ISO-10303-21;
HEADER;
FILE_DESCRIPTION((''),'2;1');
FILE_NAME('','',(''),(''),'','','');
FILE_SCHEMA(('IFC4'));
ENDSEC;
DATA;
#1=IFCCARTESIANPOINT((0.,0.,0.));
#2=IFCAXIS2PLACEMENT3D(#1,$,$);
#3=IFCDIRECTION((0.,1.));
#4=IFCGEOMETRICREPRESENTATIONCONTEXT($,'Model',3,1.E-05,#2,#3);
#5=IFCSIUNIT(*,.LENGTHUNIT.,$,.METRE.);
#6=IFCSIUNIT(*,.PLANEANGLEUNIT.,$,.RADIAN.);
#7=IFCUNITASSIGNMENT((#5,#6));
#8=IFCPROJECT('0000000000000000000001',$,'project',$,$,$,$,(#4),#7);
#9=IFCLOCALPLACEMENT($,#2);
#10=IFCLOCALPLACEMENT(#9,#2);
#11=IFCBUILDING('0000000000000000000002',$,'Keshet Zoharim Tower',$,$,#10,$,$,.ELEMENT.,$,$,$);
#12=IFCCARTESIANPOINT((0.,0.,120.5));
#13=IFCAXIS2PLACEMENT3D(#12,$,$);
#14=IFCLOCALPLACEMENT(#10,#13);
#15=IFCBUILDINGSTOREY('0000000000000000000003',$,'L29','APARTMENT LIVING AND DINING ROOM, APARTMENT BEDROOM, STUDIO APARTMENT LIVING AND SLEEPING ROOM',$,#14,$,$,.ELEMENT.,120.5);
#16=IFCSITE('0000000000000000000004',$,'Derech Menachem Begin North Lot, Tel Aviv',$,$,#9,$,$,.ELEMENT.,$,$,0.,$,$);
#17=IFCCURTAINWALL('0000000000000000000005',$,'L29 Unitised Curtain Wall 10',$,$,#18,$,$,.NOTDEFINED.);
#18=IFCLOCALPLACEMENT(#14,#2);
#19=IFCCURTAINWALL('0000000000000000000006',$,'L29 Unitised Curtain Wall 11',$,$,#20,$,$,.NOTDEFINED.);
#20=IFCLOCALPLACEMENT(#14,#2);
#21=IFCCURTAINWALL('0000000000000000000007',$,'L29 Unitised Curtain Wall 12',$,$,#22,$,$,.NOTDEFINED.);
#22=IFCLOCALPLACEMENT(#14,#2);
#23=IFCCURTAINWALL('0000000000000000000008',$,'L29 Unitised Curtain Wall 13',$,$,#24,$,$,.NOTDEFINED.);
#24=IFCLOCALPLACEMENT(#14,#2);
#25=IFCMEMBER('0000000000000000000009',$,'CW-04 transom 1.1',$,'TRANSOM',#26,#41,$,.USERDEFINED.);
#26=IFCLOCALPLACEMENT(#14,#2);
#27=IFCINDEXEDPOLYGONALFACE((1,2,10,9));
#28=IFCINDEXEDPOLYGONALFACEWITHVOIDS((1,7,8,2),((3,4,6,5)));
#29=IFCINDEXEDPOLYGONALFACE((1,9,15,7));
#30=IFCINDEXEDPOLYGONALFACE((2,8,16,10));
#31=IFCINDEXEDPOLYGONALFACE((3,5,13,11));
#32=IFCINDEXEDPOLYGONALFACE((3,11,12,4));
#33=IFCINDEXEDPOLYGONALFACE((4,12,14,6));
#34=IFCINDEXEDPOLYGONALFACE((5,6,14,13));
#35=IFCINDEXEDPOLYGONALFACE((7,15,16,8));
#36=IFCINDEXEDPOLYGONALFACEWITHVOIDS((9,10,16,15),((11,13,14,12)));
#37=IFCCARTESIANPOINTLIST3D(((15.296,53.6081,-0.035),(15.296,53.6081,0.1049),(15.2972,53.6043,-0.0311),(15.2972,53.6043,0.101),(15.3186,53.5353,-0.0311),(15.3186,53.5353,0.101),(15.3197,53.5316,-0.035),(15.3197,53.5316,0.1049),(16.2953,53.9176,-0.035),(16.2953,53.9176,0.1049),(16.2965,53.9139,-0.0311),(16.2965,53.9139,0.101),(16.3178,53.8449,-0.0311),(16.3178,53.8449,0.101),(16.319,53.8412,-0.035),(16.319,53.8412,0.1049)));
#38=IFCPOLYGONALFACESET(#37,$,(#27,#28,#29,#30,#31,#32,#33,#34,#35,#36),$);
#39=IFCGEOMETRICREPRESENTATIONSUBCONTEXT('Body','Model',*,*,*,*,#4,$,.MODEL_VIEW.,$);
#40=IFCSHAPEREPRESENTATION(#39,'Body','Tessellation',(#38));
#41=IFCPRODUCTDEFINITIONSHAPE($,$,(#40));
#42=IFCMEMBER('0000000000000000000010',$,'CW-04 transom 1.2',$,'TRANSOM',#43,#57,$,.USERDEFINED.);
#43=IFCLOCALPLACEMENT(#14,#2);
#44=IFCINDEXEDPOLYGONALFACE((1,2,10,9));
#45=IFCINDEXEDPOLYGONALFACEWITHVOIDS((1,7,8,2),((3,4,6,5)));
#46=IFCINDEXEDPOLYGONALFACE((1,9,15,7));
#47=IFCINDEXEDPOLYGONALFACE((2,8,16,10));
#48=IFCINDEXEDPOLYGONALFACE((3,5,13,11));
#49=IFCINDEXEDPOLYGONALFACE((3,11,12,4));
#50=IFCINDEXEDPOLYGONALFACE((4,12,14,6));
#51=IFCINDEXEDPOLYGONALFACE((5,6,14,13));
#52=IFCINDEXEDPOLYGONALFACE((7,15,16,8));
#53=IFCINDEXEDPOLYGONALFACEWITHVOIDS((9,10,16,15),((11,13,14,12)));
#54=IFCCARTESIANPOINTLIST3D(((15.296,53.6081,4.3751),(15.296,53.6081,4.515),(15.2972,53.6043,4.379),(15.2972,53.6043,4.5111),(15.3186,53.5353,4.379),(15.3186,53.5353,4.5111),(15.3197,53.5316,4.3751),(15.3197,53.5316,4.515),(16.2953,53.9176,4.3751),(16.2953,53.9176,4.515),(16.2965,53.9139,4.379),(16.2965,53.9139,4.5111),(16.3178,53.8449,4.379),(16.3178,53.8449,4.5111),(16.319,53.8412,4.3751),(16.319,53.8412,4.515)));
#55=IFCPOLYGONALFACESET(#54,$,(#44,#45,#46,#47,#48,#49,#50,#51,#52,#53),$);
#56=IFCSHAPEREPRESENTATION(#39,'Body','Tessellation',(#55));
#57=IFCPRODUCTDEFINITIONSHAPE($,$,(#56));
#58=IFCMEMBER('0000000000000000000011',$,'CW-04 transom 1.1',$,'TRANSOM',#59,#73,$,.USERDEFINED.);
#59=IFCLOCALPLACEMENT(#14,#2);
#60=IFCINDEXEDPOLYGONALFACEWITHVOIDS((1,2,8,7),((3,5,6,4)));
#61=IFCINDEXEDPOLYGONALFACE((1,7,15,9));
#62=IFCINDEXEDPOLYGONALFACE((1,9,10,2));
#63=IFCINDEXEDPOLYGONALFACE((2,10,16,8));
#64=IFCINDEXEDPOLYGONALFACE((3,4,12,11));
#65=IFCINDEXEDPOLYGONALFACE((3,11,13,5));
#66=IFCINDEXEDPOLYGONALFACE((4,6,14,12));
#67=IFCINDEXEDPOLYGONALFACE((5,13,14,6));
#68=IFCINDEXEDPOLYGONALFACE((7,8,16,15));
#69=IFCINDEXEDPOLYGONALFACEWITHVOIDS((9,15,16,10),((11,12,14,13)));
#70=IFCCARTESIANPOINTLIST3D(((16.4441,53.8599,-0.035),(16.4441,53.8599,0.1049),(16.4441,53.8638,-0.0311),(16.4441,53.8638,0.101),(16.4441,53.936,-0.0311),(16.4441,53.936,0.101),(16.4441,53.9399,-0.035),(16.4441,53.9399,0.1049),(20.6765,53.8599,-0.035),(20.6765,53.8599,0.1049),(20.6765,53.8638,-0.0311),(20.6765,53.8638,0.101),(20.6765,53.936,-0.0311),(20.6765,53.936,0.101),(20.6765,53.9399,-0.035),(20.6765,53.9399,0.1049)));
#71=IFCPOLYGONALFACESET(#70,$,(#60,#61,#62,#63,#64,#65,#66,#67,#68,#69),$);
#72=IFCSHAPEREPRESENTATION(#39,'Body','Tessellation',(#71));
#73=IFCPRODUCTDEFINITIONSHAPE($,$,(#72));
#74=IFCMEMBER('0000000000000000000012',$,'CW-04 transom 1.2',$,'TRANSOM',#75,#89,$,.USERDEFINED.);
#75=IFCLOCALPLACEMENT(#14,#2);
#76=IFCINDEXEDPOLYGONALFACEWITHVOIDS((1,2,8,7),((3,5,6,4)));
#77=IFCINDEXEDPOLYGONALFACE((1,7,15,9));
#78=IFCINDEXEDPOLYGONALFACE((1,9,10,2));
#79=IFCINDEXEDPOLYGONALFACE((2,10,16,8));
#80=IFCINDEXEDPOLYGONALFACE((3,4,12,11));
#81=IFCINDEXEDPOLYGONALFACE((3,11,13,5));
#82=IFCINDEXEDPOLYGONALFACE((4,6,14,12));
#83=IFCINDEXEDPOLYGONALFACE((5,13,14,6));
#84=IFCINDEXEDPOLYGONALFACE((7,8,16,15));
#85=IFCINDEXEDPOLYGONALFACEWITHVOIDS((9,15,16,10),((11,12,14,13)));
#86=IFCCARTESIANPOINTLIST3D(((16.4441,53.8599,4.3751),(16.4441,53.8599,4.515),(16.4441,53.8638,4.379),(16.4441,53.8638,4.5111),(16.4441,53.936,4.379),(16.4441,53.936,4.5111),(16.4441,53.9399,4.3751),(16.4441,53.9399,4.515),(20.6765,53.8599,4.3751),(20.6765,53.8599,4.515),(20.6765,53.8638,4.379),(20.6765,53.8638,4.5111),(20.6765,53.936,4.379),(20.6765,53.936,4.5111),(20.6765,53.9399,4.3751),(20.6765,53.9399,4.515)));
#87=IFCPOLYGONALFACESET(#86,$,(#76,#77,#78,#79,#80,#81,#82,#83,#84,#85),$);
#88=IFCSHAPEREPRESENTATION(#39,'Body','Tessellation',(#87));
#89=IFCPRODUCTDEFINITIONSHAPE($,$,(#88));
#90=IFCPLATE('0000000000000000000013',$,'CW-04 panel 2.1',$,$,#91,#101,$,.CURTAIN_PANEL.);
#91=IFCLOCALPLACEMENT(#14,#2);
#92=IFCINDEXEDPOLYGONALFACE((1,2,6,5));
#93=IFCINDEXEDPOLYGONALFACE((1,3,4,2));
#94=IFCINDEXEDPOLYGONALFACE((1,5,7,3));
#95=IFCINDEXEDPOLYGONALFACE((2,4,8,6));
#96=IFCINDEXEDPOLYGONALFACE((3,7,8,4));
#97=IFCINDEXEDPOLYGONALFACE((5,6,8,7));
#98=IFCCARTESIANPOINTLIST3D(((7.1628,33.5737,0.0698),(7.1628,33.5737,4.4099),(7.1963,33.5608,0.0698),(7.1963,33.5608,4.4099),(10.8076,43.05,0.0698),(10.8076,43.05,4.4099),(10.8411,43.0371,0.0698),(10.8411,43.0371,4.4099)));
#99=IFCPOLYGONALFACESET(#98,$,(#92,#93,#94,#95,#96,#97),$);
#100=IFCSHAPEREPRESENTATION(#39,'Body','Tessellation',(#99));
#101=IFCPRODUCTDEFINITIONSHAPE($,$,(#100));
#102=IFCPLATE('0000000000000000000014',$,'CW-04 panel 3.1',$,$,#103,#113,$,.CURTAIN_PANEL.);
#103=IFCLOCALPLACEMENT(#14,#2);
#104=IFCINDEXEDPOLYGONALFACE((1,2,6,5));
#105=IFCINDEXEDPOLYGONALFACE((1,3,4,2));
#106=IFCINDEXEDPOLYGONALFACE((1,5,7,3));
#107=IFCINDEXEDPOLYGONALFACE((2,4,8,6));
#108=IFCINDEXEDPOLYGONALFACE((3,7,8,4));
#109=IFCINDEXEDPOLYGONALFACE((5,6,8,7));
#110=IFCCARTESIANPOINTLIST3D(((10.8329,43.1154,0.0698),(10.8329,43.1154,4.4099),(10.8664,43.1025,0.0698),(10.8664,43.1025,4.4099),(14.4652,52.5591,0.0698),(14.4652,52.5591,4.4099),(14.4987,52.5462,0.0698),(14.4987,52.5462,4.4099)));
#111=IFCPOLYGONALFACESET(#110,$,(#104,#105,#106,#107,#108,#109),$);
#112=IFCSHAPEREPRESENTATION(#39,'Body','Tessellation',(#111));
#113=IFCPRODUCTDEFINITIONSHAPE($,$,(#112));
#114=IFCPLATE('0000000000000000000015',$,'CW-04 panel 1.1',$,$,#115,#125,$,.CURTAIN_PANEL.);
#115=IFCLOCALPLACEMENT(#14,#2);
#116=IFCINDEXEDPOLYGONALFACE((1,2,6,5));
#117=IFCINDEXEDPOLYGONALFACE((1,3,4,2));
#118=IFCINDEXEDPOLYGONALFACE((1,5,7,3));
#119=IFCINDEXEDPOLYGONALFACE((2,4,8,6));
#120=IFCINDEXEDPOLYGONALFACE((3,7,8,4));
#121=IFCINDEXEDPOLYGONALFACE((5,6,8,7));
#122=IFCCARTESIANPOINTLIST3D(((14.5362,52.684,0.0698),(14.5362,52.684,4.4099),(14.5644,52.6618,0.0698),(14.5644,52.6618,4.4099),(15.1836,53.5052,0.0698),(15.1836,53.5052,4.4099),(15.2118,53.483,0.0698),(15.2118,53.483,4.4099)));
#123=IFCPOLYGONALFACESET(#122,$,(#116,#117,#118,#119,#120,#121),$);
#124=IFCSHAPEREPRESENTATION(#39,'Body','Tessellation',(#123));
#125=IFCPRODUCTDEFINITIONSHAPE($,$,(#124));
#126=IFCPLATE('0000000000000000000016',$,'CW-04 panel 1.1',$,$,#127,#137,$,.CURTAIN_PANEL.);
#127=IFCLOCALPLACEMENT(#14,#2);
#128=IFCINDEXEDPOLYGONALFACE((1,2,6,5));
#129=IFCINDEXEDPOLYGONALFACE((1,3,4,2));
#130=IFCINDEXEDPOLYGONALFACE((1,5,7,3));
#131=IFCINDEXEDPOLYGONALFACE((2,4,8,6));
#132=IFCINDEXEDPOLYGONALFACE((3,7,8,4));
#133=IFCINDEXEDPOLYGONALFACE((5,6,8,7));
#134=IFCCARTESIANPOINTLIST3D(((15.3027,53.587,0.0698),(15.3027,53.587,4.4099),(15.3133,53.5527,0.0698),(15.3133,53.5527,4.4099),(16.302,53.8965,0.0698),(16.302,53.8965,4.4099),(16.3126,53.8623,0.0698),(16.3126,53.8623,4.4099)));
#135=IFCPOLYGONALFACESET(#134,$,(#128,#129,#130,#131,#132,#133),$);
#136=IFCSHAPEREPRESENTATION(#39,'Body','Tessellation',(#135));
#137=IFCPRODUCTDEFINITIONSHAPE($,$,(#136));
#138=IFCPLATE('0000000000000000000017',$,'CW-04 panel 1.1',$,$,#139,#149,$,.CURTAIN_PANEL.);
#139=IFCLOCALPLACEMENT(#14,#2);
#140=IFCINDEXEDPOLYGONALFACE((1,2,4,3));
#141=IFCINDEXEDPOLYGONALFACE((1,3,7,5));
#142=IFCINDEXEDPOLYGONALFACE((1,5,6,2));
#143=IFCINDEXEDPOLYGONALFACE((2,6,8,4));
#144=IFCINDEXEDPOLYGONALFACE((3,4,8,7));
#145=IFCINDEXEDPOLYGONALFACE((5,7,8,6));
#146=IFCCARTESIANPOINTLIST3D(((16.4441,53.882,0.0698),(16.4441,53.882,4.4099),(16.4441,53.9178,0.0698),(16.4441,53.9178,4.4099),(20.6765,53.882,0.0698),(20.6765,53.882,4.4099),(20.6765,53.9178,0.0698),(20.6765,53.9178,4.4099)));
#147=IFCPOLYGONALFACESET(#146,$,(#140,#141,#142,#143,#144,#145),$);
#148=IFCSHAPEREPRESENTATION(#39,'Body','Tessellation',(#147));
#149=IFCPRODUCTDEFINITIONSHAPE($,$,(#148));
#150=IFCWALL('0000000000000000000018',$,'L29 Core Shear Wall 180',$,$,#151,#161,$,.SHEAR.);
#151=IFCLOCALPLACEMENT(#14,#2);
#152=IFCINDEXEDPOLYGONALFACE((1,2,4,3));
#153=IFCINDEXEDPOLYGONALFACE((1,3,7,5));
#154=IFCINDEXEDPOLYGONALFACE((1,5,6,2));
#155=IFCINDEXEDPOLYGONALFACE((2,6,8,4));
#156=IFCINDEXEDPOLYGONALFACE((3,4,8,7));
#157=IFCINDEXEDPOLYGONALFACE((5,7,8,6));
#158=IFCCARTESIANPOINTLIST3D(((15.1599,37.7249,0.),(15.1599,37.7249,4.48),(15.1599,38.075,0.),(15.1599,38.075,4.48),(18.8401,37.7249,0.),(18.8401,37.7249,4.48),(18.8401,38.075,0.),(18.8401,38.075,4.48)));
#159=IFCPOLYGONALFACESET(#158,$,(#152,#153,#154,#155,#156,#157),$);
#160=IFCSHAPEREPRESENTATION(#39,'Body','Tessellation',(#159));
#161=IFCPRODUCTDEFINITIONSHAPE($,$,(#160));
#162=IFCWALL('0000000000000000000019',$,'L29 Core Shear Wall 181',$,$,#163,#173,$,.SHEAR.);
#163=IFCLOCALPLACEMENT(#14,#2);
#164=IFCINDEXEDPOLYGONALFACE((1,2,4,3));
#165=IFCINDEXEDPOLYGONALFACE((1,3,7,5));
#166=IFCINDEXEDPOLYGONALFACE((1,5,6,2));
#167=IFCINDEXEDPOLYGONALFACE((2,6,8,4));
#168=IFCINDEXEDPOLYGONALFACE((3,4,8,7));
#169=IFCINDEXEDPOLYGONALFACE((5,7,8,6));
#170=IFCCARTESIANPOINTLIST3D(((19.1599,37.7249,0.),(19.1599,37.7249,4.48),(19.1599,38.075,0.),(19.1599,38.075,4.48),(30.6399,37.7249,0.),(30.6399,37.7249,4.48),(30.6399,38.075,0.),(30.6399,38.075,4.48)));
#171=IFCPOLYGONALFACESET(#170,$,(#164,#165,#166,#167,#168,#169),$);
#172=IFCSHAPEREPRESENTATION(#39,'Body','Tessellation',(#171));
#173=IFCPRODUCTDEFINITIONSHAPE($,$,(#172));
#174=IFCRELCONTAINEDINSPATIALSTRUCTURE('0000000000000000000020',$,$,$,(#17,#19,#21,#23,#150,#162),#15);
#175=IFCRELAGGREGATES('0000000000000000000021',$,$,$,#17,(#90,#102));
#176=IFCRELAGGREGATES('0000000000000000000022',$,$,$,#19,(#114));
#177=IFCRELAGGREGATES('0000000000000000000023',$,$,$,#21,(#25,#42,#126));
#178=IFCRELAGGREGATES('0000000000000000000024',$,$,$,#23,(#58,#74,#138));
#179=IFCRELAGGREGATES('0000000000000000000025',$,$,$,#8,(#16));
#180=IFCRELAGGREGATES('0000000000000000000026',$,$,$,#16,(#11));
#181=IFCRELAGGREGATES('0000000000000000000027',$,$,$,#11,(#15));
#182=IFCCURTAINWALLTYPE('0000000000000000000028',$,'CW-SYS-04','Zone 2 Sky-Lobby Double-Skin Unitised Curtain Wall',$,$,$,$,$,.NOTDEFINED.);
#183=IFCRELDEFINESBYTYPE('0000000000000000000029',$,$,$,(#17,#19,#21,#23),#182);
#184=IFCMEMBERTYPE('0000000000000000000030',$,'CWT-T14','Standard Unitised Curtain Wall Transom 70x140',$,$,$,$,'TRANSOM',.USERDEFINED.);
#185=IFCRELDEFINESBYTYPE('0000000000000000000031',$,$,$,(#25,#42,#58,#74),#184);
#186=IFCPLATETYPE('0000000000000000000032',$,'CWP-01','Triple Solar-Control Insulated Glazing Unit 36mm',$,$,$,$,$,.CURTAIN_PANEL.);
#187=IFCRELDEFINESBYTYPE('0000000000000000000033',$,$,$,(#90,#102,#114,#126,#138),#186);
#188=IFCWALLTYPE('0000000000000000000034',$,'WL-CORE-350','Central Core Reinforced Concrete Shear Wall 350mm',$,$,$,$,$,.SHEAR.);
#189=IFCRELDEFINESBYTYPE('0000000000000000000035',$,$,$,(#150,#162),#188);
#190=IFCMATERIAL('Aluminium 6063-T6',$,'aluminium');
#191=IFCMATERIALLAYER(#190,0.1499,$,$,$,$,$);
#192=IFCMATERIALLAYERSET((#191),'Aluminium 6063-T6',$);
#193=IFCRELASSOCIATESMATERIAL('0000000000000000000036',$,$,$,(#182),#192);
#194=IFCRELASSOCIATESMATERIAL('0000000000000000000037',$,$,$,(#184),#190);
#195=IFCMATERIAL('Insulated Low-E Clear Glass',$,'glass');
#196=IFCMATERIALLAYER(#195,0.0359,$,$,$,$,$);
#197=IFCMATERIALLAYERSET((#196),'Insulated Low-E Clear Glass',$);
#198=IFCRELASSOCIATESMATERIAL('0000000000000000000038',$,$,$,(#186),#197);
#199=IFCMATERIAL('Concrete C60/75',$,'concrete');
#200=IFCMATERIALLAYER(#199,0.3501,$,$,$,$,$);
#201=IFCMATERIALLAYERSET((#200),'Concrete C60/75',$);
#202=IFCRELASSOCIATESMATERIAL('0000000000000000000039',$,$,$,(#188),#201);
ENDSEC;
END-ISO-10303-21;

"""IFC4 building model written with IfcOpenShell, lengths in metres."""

from ifc_helpers import new_model, si_unit, direction, frame, frame_2d, origin, origin_2d, place, context, subcontext, project, spatial, rectangle, hollow_rectangle, extrude, material, layer, layer_set, material_profile, profile_set, type_object, element, aggregate, save


model = new_model("IFC4")

# Units and contexts
model_context = context("Model", 3, precision=1e-05, world=origin(), true_north=direction((0.0, 1.0)))
body_context = subcontext(model_context, "Body", "Model", "MODEL_VIEW")
ifc_project = project(units=[si_unit("LENGTHUNIT", "METRE"), si_unit("PLANEANGLEUNIT", "RADIAN")], contexts=[model_context])

# Site, building, storey
site_placement = place(None, origin())
site = spatial("IfcSite", under=ifc_project, at=site_placement, Name="Derech Menachem Begin North Lot, Tel Aviv", CompositionType="ELEMENT", RefElevation=0.0)
building_placement = place(site_placement, origin())
building = spatial("IfcBuilding", under=site, at=building_placement, Name="Keshet Zoharim Tower", CompositionType="ELEMENT")
storey_placement = place(building_placement, frame((0.0, 0.0, 120.5)))
storey = spatial("IfcBuildingStorey", under=building, at=storey_placement, Name="L29", Description="APARTMENT LIVING AND DINING ROOM, APARTMENT BEDROOM, STUDIO APARTMENT LIVING AND SLEEPING ROOM", CompositionType="ELEMENT", Elevation=120.5)

# Curtain walls
ifc_material_1 = material(Name="Aluminium 6063-T6", Category="aluminium")
ifc_layer_1 = layer(ifc_material_1, 0.1499)
ifc_layer_set_1 = layer_set([ifc_layer_1], Name="Aluminium 6063-T6")
curtain_wall_type = type_object("IfcCurtainWallType", Name="CW-SYS-04", Description="Zone 2 Sky-Lobby Double-Skin Unitised Curtain Wall", PredefinedType="NOTDEFINED", material=ifc_layer_set_1)
curtain_wall_1_placement = place(storey_placement, origin())
curtain_wall_1 = element("IfcCurtainWall", 1, at=curtain_wall_1_placement, inside=storey, type_object=curtain_wall_type, Name="L29 Unitised Curtain Wall 10", PredefinedType="NOTDEFINED")
curtain_wall_2_placement = place(storey_placement, origin())
curtain_wall_2 = element("IfcCurtainWall", 2, at=curtain_wall_2_placement, inside=storey, type_object=curtain_wall_type, Name="L29 Unitised Curtain Wall 11", PredefinedType="NOTDEFINED")
curtain_wall_3_placement = place(storey_placement, origin())
curtain_wall_3 = element("IfcCurtainWall", 3, at=curtain_wall_3_placement, inside=storey, type_object=curtain_wall_type, Name="L29 Unitised Curtain Wall 12", PredefinedType="NOTDEFINED")

# Curtain wall
curtain_wall_4_placement = place(storey_placement, origin())
curtain_wall_4 = element("IfcCurtainWall", 4, at=curtain_wall_4_placement, inside=storey, type_object=curtain_wall_type, Name="L29 Unitised Curtain Wall 13", PredefinedType="NOTDEFINED")

# Members
ifc_material_profile_1 = material_profile(ifc_material_1, hollow_rectangle(XDim=0.0801, YDim=0.1399, WallThickness=0.0039, at=origin_2d()), Name="TRN-80x140")
ifc_profile_set_1 = profile_set([ifc_material_profile_1], Name="Aluminium 6063-T6")
member_type_1 = type_object("IfcMemberType", Name="CWT-T14", Description="Standard Unitised Curtain Wall Transom 70x140", ElementType="TRANSOM", PredefinedType="USERDEFINED", material=ifc_profile_set_1)
member_1_placement = place(storey_placement, frame((15.3079, 53.5698, 0.0349), z_axis=(0.955212, 0.295922, 0.0), x_axis=(-0.295922, 0.955212, 0.0)))
member_1 = element("IfcMember", 5, at=member_1_placement, type_object=member_type_1, Name="CW-04 transom 1.1", ObjectType="TRANSOM", PredefinedType="USERDEFINED", context=body_context, shape_type="SweptSolid", body=[
    extrude(hollow_rectangle(XDim=0.0801, YDim=0.1399, WallThickness=0.0039, at=origin_2d()), origin(), (0.0, 0.0, 1.0), 1.0461),
])
member_2_placement = place(storey_placement, frame((15.3079, 53.5698, 4.4451), z_axis=(0.955212, 0.295922, 0.0), x_axis=(-0.295922, 0.955212, 0.0)))
member_2 = element("IfcMember", 6, at=member_2_placement, type_object=member_type_1, Name="CW-04 transom 1.2", ObjectType="TRANSOM", PredefinedType="USERDEFINED", context=body_context, shape_type="SweptSolid", body=[
    extrude(hollow_rectangle(XDim=0.0801, YDim=0.1399, WallThickness=0.0039, at=origin_2d()), origin(), (0.0, 0.0, 1.0), 1.0461),
])
member_3_placement = place(storey_placement, frame((16.4441, 53.8999, 0.0349), z_axis=(1.0, 0.0, 0.0), x_axis=(0.0, 1.0, 0.0)))
member_3 = element("IfcMember", 7, at=member_3_placement, type_object=member_type_1, Name="CW-04 transom 1.1", ObjectType="TRANSOM", PredefinedType="USERDEFINED", context=body_context, shape_type="SweptSolid", body=[
    extrude(hollow_rectangle(XDim=0.0801, YDim=0.1399, WallThickness=0.0039, at=origin_2d()), origin(), (0.0, 0.0, 1.0), 4.2324),
])
member_4_placement = place(storey_placement, frame((16.4441, 53.8999, 4.4451), z_axis=(1.0, 0.0, 0.0), x_axis=(0.0, 1.0, 0.0)))
member_4 = element("IfcMember", 8, at=member_4_placement, type_object=member_type_1, Name="CW-04 transom 1.2", ObjectType="TRANSOM", PredefinedType="USERDEFINED", context=body_context, shape_type="SweptSolid", body=[
    extrude(hollow_rectangle(XDim=0.0801, YDim=0.1399, WallThickness=0.0039, at=origin_2d()), origin(), (0.0, 0.0, 1.0), 4.2324),
])

# Plates
ifc_material_2 = material(Name="Insulated Low-E Clear Glass", Category="glass")
ifc_layer_2 = layer(ifc_material_2, 0.0359)
ifc_layer_set_2 = layer_set([ifc_layer_2], Name="Insulated Low-E Clear Glass")
plate_type = type_object("IfcPlateType", Name="CWP-01", Description="Triple Solar-Control Insulated Glazing Unit 36mm", PredefinedType="CURTAIN_PANEL", material=ifc_layer_set_2)
plate_1_placement = place(storey_placement, frame((9.002, 38.3054, 0.0698), z_axis=(0.0, 0.0, 1.0), x_axis=(0.35899, 0.933341, 0.0)))
plate_1 = element("IfcPlate", 9, at=plate_1_placement, type_object=plate_type, Name="CW-04 panel 2.1", PredefinedType="CURTAIN_PANEL", context=body_context, shape_type="SweptSolid", body=[
    extrude(rectangle(XDim=10.1531, YDim=0.0359, at=origin_2d()), origin(), (0.0, 0.0, 1.0), 4.3401),
])
plate_2_placement = place(storey_placement, frame((12.6658, 47.8308, 0.0698), z_axis=(0.0, 0.0, 1.0), x_axis=(0.35899, 0.933341, 0.0)))
plate_2 = element("IfcPlate", 10, at=plate_2_placement, type_object=plate_type, Name="CW-04 panel 3.1", PredefinedType="CURTAIN_PANEL", context=body_context, shape_type="SweptSolid", body=[
    extrude(rectangle(XDim=10.1182, YDim=0.0359, at=origin_2d()), origin(), (0.0, 0.0, 1.0), 4.3401),
])
aggregate(curtain_wall_1, [plate_1, plate_2])
plate_3_placement = place(storey_placement, frame((14.874, 53.0835, 0.0698), z_axis=(0.0, 0.0, 1.0), x_axis=(0.619125, 0.785293, 0.0)))
plate_3 = element("IfcPlate", 11, at=plate_3_placement, type_object=plate_type, Name="CW-04 panel 1.1", PredefinedType="CURTAIN_PANEL", context=body_context, shape_type="SweptSolid", body=[
    extrude(rectangle(XDim=1.0457, YDim=0.0359, at=origin_2d()), origin(), (0.0, 0.0, 1.0), 4.3401),
])
aggregate(curtain_wall_2, [plate_3])
plate_4_placement = place(storey_placement, frame((15.8076, 53.7246, 0.0698), z_axis=(0.0, 0.0, 1.0), x_axis=(0.955212, 0.295922, 0.0)))
plate_4 = element("IfcPlate", 12, at=plate_4_placement, type_object=plate_type, Name="CW-04 panel 1.1", PredefinedType="CURTAIN_PANEL", context=body_context, shape_type="SweptSolid", body=[
    extrude(rectangle(XDim=1.0461, YDim=0.0359, at=origin_2d()), origin(), (0.0, 0.0, 1.0), 4.3401),
])
aggregate(curtain_wall_3, [member_1, member_2, plate_4])
plate_5_placement = place(storey_placement, frame((18.5603, 53.8999, 0.0698), z_axis=(0.0, 0.0, 1.0), x_axis=(1.0, 0.0, 0.0)))
plate_5 = element("IfcPlate", 13, at=plate_5_placement, type_object=plate_type, Name="CW-04 panel 1.1", PredefinedType="CURTAIN_PANEL", context=body_context, shape_type="SweptSolid", body=[
    extrude(rectangle(XDim=4.2324, YDim=0.0359, at=origin_2d()), origin(), (0.0, 0.0, 1.0), 4.3401),
])
aggregate(curtain_wall_4, [member_3, member_4, plate_5])

# Walls
ifc_material_3 = material(Name="Concrete C60/75", Category="concrete")
ifc_layer_3 = layer(ifc_material_3, 0.3501)
ifc_layer_set_3 = layer_set([ifc_layer_3], Name="Concrete C60/75")
wall_type_1 = type_object("IfcWallType", Name="WL-CORE-350", Description="Central Core Reinforced Concrete Shear Wall 350mm", PredefinedType="SHEAR", material=ifc_layer_set_3)
wall_1_placement = place(storey_placement, frame((15.1599, 37.8999, 0.0), z_axis=(0.0, 0.0, 1.0), x_axis=(1.0, 0.0, 0.0)))
element("IfcWall", 14, at=wall_1_placement, inside=storey, type_object=wall_type_1, Name="L29 Core Shear Wall 180", PredefinedType="SHEAR", context=body_context, shape_type="SweptSolid", body=[
    extrude(rectangle(XDim=3.6802, YDim=0.3501, at=frame_2d((1.8401, 0.0))), origin(), (0.0, 0.0, 1.0), 4.48),
])
wall_2_placement = place(storey_placement, frame((19.1599, 37.8999, 0.0), z_axis=(0.0, 0.0, 1.0), x_axis=(1.0, 0.0, 0.0)))
element("IfcWall", 15, at=wall_2_placement, inside=storey, type_object=wall_type_1, Name="L29 Core Shear Wall 181", PredefinedType="SHEAR", context=body_context, shape_type="SweptSolid", body=[
    extrude(rectangle(XDim=11.48, YDim=0.3501, at=frame_2d((5.74, 0.0))), origin(), (0.0, 0.0, 1.0), 4.48),
])

save(model, "model.ifc")
